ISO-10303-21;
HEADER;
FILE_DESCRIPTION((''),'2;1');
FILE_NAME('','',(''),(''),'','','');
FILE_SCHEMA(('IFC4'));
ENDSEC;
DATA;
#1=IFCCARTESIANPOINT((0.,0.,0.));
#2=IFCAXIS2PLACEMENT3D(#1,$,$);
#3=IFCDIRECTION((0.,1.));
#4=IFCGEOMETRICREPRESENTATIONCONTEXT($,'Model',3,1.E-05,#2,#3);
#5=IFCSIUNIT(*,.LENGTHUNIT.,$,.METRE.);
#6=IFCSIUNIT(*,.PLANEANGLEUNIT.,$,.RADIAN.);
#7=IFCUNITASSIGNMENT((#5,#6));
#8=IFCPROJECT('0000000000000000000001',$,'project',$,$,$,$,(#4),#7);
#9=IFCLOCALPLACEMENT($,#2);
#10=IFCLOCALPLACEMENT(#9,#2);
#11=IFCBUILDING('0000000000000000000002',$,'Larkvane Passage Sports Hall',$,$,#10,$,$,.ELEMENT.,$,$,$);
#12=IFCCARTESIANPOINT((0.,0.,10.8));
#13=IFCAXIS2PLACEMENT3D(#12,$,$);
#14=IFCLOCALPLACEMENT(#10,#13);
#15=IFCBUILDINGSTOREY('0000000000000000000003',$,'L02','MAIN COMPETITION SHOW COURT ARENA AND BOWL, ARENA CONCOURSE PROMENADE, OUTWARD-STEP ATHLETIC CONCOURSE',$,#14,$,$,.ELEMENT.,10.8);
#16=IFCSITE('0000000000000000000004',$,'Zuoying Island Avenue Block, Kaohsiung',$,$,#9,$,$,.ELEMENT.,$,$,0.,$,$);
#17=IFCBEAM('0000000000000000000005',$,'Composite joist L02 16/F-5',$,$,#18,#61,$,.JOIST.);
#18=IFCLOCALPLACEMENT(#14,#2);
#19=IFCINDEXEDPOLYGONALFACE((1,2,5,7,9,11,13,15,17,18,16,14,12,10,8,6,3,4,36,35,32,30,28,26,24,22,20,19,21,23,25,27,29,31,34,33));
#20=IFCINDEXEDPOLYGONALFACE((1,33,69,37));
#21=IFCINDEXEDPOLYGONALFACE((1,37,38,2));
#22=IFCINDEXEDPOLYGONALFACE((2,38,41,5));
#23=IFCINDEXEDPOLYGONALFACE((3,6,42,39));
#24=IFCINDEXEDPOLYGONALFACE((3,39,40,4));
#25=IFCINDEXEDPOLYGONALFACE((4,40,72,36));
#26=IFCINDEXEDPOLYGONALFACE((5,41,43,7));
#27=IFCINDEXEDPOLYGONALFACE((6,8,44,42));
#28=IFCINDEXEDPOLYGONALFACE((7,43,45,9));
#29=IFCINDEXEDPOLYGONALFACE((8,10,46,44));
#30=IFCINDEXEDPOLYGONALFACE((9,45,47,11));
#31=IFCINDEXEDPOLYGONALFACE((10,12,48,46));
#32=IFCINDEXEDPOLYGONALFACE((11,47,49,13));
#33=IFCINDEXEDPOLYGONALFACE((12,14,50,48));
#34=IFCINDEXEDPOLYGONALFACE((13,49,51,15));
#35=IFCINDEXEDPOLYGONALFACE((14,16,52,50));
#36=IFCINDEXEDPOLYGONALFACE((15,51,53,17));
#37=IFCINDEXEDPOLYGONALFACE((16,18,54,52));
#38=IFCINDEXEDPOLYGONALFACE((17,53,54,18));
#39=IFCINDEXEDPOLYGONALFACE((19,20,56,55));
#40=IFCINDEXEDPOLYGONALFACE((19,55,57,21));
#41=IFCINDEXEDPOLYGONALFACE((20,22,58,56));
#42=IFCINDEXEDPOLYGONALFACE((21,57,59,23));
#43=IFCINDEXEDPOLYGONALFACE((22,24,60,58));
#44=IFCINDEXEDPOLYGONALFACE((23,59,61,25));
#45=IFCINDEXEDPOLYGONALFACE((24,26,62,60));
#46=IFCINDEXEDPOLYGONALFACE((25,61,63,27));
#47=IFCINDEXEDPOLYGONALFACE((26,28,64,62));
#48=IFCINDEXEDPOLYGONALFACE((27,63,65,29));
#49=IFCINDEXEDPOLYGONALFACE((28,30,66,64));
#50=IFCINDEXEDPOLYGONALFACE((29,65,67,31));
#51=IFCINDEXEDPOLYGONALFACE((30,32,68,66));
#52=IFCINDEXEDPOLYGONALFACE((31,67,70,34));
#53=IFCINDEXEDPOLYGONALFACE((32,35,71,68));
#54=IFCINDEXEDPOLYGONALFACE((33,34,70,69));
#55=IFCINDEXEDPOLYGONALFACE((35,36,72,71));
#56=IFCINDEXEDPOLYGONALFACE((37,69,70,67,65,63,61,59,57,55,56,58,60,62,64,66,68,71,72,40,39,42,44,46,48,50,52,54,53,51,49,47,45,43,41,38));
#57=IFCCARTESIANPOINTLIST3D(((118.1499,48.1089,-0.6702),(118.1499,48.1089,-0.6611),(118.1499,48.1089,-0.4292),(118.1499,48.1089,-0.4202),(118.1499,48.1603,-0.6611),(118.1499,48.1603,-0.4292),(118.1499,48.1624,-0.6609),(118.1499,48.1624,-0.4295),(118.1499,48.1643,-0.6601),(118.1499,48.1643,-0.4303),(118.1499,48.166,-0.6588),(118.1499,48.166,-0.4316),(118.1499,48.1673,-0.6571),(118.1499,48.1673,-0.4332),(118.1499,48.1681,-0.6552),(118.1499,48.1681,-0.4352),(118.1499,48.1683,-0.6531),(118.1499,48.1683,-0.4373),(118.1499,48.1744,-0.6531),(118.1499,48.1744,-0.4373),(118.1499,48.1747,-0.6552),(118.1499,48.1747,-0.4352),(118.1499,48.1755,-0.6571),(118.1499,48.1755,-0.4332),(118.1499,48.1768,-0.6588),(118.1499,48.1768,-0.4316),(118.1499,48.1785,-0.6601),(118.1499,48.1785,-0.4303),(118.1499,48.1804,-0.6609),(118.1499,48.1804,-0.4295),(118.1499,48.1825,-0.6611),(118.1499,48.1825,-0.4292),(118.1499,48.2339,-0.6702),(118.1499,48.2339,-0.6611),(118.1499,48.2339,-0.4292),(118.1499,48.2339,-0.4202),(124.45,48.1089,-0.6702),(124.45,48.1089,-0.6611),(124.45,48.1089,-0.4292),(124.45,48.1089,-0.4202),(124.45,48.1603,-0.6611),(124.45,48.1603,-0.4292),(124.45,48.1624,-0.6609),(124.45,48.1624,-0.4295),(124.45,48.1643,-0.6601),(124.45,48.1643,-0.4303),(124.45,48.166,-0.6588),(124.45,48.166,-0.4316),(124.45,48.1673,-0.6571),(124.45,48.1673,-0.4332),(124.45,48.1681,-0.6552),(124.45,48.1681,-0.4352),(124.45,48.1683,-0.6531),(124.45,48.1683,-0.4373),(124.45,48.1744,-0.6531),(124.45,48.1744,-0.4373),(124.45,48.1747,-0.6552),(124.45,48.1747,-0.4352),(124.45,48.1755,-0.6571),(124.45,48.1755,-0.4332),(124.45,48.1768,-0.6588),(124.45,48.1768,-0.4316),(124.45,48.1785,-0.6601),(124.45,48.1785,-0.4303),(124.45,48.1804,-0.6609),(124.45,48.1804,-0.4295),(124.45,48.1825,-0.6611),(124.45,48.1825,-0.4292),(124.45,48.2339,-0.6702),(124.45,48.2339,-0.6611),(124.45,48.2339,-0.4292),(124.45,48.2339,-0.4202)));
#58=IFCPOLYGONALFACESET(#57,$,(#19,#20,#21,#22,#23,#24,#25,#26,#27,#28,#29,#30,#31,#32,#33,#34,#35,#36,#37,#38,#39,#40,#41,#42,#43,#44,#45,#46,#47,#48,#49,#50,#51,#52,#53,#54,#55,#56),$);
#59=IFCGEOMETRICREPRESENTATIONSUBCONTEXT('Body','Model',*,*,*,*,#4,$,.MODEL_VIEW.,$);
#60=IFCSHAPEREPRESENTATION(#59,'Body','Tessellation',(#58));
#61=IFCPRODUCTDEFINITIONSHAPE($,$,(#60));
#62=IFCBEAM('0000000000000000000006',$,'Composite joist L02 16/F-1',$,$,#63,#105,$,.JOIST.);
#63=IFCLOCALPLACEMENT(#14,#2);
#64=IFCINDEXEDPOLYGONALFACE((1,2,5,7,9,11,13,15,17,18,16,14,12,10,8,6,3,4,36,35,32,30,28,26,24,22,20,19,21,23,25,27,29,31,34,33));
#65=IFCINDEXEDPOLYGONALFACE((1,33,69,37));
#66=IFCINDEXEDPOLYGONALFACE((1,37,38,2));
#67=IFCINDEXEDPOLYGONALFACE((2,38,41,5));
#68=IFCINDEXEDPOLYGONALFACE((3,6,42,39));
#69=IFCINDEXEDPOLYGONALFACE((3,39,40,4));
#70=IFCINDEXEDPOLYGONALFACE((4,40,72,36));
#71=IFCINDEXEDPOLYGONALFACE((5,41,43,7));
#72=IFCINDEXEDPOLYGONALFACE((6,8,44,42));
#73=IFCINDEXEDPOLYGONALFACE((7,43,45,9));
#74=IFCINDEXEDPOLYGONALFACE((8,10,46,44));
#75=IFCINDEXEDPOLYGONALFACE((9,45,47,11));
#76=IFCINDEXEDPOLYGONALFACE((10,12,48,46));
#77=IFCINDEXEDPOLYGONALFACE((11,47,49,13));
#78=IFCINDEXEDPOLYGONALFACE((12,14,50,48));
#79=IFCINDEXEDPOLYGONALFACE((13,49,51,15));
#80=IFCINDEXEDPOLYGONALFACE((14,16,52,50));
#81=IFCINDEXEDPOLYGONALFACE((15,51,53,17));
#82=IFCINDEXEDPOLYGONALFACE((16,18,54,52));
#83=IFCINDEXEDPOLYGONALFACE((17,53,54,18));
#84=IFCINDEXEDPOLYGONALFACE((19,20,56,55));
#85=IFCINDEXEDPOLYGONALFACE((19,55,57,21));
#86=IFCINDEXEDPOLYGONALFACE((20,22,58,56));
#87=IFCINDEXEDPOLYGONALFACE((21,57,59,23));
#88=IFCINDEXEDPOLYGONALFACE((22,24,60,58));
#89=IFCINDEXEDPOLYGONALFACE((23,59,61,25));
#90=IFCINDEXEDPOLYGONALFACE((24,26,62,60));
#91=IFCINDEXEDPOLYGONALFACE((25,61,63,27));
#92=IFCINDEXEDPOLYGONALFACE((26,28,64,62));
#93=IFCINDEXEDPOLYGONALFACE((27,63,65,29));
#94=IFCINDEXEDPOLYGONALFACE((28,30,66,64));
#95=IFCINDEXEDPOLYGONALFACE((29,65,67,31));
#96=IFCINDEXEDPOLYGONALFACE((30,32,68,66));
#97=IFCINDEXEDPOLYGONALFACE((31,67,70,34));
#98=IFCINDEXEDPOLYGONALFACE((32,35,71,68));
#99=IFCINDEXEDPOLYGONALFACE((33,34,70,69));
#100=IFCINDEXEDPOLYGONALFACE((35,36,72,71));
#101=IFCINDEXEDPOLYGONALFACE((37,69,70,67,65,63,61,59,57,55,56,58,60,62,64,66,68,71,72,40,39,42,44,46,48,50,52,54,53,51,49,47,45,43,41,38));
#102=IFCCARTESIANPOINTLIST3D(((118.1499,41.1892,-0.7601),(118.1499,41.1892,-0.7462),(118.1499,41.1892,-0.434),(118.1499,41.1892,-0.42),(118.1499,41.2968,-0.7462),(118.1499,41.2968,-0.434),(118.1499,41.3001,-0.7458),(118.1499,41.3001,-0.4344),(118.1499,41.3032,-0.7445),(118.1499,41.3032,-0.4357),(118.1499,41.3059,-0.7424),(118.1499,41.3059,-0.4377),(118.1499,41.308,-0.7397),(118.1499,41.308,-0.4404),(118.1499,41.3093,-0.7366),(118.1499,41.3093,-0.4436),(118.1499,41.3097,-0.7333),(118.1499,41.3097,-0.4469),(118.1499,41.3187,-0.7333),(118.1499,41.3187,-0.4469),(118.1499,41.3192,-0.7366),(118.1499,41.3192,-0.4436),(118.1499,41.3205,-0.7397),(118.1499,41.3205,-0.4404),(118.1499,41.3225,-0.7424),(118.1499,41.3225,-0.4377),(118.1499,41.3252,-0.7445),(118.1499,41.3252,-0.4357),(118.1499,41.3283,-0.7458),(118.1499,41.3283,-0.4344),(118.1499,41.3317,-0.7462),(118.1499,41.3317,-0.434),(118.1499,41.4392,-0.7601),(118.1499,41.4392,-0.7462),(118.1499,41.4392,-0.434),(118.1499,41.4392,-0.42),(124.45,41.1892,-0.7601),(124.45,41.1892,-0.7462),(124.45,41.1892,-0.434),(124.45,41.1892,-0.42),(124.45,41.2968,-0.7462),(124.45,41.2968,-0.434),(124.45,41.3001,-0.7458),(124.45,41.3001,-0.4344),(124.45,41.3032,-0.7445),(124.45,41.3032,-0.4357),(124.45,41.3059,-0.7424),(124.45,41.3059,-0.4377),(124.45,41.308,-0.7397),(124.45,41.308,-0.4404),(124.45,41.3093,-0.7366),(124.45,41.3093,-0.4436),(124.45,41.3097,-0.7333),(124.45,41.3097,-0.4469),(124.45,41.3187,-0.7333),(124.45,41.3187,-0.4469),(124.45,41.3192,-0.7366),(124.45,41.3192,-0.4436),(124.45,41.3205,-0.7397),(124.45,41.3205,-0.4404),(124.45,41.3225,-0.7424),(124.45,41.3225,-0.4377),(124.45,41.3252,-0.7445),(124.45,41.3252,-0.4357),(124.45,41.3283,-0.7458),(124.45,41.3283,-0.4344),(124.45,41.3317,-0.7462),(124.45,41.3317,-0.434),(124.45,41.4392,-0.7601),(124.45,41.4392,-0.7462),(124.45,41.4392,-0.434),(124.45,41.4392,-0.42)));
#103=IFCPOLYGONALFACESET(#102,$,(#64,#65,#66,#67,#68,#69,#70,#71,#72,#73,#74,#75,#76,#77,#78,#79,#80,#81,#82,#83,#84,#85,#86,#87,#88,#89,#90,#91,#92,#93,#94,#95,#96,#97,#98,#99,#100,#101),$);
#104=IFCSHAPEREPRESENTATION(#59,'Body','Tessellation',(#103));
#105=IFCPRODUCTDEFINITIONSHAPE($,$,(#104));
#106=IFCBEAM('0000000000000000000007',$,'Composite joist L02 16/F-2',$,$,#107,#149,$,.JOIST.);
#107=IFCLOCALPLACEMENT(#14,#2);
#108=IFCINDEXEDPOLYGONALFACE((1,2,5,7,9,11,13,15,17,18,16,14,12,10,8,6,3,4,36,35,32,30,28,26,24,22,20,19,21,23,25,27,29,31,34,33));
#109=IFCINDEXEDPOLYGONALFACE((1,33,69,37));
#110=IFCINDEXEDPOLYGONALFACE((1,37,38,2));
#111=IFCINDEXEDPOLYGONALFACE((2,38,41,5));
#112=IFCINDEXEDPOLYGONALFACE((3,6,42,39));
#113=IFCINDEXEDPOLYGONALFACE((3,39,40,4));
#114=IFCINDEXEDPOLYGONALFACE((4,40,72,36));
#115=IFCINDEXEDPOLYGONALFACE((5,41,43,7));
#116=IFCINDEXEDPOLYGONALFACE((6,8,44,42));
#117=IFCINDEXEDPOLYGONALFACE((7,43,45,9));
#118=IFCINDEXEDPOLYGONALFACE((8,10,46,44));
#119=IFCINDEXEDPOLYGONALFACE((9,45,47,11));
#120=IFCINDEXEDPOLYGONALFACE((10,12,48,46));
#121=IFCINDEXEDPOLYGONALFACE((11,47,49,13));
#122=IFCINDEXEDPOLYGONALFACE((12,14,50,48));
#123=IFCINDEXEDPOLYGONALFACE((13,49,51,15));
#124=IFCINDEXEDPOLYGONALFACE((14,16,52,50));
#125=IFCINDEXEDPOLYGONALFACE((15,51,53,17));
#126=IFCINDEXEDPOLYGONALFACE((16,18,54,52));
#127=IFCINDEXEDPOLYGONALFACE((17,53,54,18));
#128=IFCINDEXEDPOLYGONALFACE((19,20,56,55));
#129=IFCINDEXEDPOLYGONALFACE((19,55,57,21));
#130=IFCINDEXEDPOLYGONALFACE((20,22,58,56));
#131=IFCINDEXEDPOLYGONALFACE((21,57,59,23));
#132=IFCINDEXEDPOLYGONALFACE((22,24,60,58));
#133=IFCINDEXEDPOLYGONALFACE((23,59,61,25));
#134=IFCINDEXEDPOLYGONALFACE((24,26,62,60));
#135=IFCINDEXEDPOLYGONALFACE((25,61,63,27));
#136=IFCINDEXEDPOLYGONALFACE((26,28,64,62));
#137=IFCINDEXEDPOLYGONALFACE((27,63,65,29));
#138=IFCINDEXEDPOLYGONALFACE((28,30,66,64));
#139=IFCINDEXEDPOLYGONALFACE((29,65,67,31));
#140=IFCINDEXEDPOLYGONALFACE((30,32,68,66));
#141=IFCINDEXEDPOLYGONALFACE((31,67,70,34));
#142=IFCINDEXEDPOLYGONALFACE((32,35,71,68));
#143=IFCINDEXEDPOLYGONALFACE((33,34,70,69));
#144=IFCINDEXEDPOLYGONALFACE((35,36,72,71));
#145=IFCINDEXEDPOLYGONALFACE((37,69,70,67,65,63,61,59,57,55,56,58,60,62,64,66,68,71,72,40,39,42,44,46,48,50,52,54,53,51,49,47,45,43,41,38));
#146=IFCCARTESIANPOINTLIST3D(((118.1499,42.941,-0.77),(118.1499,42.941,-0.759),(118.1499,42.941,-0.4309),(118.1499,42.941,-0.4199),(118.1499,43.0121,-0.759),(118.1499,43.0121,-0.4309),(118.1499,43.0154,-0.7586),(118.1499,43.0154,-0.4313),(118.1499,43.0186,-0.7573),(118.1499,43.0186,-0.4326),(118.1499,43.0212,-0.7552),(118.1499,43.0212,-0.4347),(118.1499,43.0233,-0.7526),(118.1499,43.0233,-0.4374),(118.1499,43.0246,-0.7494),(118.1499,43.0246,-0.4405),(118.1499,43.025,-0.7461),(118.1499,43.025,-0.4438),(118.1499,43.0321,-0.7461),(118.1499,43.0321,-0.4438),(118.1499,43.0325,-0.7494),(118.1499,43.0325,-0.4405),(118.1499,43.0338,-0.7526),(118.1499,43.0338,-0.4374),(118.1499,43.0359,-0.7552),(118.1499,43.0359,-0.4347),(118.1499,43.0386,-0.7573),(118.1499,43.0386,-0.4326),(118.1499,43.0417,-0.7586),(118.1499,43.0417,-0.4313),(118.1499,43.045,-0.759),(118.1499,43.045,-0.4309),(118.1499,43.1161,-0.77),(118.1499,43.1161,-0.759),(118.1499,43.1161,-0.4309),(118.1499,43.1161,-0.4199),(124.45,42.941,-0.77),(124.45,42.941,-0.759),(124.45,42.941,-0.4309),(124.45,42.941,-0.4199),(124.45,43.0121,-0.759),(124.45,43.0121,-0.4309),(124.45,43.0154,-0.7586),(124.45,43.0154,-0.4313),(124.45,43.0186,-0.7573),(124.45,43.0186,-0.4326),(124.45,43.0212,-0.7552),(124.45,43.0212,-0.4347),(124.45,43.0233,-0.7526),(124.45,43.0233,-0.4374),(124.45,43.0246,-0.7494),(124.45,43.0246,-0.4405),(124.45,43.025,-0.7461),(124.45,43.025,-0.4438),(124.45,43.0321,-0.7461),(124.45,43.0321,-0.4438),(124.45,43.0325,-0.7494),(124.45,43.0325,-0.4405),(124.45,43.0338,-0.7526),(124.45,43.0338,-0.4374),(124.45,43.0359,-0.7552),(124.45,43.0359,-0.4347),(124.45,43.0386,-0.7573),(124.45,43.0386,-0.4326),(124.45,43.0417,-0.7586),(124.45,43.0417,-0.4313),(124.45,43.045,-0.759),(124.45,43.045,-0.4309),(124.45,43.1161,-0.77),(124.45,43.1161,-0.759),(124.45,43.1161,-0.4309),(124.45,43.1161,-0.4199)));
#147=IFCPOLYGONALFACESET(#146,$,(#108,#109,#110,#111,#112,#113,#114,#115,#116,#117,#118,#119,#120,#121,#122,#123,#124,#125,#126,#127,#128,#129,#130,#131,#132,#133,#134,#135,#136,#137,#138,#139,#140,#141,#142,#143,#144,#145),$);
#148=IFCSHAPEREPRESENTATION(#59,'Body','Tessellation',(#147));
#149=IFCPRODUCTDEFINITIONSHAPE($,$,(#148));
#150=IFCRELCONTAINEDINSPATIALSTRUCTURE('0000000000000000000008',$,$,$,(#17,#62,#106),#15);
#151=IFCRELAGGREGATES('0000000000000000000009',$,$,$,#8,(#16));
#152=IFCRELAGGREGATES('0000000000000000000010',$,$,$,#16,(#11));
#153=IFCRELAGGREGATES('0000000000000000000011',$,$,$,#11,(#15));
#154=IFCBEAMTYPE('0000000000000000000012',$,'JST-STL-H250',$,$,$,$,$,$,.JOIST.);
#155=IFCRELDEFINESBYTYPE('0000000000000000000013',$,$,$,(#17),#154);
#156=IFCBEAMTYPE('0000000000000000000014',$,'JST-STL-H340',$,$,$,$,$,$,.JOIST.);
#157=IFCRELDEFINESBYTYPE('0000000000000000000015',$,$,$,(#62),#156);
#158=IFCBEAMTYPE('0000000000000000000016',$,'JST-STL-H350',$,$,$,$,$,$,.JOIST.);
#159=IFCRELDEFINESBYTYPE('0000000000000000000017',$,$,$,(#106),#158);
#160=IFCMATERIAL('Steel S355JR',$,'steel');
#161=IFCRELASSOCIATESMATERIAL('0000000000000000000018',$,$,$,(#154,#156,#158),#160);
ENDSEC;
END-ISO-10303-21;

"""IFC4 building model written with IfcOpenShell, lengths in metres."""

from ifc_helpers import new_model, si_unit, direction, frame, origin, origin_2d, place, context, subcontext, project, spatial, i_section, extrude, material, material_profile, profile_set, type_object, element, save


model = new_model("IFC4")

# Units and contexts
model_context = context("Model", 3, precision=1e-05, world=origin(), true_north=direction((0.0, 1.0)))
body_context = subcontext(model_context, "Body", "Model", "MODEL_VIEW")
ifc_project = project(units=[si_unit("LENGTHUNIT", "METRE"), si_unit("PLANEANGLEUNIT", "RADIAN")], contexts=[model_context])

# Site, building, storey
site_placement = place(None, origin())
site = spatial("IfcSite", under=ifc_project, at=site_placement, Name="Zuoying Island Avenue Block, Kaohsiung", CompositionType="ELEMENT", RefElevation=0.0)
building_placement = place(site_placement, origin())
building = spatial("IfcBuilding", under=site, at=building_placement, Name="Larkvane Passage Sports Hall", CompositionType="ELEMENT")
storey_placement = place(building_placement, frame((0.0, 0.0, 10.8)))
storey = spatial("IfcBuildingStorey", under=building, at=storey_placement, Name="L02", Description="MAIN COMPETITION SHOW COURT ARENA AND BOWL, ARENA CONCOURSE PROMENADE, OUTWARD-STEP ATHLETIC CONCOURSE", CompositionType="ELEMENT", Elevation=10.8)

# Shared definitions
ifc_material_1 = material(Name="Steel S355JR", Category="steel")

# Beams
ifc_material_profile_1 = material_profile(ifc_material_1, i_section(OverallWidth=0.125, OverallDepth=0.25, WebThickness=0.0061, FlangeThickness=0.009, FilletRadius=0.0081, at=origin_2d()), Name="H-250x125x6x9")
ifc_profile_set_1 = profile_set([ifc_material_profile_1], Name="Steel S355JR")
beam_type_1 = type_object("IfcBeamType", Name="JST-STL-H250", PredefinedType="JOIST", material=ifc_profile_set_1)
beam_1_placement = place(storey_placement, frame((118.1499, 48.1714, -0.5452), z_axis=(1.0, 0.0, 0.0), x_axis=(0.0, 1.0, 0.0)))
element("IfcBeam", 1, at=beam_1_placement, inside=storey, type_object=beam_type_1, Name="Composite joist L02 16/F-5", PredefinedType="JOIST", context=body_context, shape_type="SweptSolid", body=[
    extrude(i_section(OverallWidth=0.125, OverallDepth=0.25, WebThickness=0.0061, FlangeThickness=0.009, FilletRadius=0.0081, at=origin_2d()), origin(), (0.0, 0.0, 1.0), 6.3),
])
ifc_material_profile_2 = material_profile(ifc_material_1, i_section(OverallWidth=0.25, OverallDepth=0.3401, WebThickness=0.009, FlangeThickness=0.0139, FilletRadius=0.0129, at=origin_2d()), Name="H-340x250x9x14")
ifc_profile_set_2 = profile_set([ifc_material_profile_2], Name="Steel S355JR")
beam_type_2 = type_object("IfcBeamType", Name="JST-STL-H340", PredefinedType="JOIST", material=ifc_profile_set_2)
beam_2_placement = place(storey_placement, frame((118.1499, 41.3142, -0.5901), z_axis=(1.0, 0.0, 0.0), x_axis=(0.0, 1.0, 0.0)))
element("IfcBeam", 2, at=beam_2_placement, inside=storey, type_object=beam_type_2, Name="Composite joist L02 16/F-1", PredefinedType="JOIST", context=body_context, shape_type="SweptSolid", body=[
    extrude(i_section(OverallWidth=0.25, OverallDepth=0.3401, WebThickness=0.009, FlangeThickness=0.0139, FilletRadius=0.0129, at=origin_2d()), origin(), (0.0, 0.0, 1.0), 6.3),
])
ifc_material_profile_3 = material_profile(ifc_material_1, i_section(OverallWidth=0.175, OverallDepth=0.3501, WebThickness=0.0071, FlangeThickness=0.011, FilletRadius=0.0129, at=origin_2d()), Name="H-350x175x7x11")
ifc_profile_set_3 = profile_set([ifc_material_profile_3], Name="Steel S355JR")
beam_type_3 = type_object("IfcBeamType", Name="JST-STL-H350", PredefinedType="JOIST", material=ifc_profile_set_3)
beam_3_placement = place(storey_placement, frame((118.1499, 43.0286, -0.595), z_axis=(1.0, 0.0, 0.0), x_axis=(0.0, 1.0, 0.0)))
element("IfcBeam", 3, at=beam_3_placement, inside=storey, type_object=beam_type_3, Name="Composite joist L02 16/F-2", PredefinedType="JOIST", context=body_context, shape_type="SweptSolid", body=[
    extrude(i_section(OverallWidth=0.175, OverallDepth=0.3501, WebThickness=0.0071, FlangeThickness=0.011, FilletRadius=0.0129, at=origin_2d()), origin(), (0.0, 0.0, 1.0), 6.3),
])

save(model, "model.ifc")
